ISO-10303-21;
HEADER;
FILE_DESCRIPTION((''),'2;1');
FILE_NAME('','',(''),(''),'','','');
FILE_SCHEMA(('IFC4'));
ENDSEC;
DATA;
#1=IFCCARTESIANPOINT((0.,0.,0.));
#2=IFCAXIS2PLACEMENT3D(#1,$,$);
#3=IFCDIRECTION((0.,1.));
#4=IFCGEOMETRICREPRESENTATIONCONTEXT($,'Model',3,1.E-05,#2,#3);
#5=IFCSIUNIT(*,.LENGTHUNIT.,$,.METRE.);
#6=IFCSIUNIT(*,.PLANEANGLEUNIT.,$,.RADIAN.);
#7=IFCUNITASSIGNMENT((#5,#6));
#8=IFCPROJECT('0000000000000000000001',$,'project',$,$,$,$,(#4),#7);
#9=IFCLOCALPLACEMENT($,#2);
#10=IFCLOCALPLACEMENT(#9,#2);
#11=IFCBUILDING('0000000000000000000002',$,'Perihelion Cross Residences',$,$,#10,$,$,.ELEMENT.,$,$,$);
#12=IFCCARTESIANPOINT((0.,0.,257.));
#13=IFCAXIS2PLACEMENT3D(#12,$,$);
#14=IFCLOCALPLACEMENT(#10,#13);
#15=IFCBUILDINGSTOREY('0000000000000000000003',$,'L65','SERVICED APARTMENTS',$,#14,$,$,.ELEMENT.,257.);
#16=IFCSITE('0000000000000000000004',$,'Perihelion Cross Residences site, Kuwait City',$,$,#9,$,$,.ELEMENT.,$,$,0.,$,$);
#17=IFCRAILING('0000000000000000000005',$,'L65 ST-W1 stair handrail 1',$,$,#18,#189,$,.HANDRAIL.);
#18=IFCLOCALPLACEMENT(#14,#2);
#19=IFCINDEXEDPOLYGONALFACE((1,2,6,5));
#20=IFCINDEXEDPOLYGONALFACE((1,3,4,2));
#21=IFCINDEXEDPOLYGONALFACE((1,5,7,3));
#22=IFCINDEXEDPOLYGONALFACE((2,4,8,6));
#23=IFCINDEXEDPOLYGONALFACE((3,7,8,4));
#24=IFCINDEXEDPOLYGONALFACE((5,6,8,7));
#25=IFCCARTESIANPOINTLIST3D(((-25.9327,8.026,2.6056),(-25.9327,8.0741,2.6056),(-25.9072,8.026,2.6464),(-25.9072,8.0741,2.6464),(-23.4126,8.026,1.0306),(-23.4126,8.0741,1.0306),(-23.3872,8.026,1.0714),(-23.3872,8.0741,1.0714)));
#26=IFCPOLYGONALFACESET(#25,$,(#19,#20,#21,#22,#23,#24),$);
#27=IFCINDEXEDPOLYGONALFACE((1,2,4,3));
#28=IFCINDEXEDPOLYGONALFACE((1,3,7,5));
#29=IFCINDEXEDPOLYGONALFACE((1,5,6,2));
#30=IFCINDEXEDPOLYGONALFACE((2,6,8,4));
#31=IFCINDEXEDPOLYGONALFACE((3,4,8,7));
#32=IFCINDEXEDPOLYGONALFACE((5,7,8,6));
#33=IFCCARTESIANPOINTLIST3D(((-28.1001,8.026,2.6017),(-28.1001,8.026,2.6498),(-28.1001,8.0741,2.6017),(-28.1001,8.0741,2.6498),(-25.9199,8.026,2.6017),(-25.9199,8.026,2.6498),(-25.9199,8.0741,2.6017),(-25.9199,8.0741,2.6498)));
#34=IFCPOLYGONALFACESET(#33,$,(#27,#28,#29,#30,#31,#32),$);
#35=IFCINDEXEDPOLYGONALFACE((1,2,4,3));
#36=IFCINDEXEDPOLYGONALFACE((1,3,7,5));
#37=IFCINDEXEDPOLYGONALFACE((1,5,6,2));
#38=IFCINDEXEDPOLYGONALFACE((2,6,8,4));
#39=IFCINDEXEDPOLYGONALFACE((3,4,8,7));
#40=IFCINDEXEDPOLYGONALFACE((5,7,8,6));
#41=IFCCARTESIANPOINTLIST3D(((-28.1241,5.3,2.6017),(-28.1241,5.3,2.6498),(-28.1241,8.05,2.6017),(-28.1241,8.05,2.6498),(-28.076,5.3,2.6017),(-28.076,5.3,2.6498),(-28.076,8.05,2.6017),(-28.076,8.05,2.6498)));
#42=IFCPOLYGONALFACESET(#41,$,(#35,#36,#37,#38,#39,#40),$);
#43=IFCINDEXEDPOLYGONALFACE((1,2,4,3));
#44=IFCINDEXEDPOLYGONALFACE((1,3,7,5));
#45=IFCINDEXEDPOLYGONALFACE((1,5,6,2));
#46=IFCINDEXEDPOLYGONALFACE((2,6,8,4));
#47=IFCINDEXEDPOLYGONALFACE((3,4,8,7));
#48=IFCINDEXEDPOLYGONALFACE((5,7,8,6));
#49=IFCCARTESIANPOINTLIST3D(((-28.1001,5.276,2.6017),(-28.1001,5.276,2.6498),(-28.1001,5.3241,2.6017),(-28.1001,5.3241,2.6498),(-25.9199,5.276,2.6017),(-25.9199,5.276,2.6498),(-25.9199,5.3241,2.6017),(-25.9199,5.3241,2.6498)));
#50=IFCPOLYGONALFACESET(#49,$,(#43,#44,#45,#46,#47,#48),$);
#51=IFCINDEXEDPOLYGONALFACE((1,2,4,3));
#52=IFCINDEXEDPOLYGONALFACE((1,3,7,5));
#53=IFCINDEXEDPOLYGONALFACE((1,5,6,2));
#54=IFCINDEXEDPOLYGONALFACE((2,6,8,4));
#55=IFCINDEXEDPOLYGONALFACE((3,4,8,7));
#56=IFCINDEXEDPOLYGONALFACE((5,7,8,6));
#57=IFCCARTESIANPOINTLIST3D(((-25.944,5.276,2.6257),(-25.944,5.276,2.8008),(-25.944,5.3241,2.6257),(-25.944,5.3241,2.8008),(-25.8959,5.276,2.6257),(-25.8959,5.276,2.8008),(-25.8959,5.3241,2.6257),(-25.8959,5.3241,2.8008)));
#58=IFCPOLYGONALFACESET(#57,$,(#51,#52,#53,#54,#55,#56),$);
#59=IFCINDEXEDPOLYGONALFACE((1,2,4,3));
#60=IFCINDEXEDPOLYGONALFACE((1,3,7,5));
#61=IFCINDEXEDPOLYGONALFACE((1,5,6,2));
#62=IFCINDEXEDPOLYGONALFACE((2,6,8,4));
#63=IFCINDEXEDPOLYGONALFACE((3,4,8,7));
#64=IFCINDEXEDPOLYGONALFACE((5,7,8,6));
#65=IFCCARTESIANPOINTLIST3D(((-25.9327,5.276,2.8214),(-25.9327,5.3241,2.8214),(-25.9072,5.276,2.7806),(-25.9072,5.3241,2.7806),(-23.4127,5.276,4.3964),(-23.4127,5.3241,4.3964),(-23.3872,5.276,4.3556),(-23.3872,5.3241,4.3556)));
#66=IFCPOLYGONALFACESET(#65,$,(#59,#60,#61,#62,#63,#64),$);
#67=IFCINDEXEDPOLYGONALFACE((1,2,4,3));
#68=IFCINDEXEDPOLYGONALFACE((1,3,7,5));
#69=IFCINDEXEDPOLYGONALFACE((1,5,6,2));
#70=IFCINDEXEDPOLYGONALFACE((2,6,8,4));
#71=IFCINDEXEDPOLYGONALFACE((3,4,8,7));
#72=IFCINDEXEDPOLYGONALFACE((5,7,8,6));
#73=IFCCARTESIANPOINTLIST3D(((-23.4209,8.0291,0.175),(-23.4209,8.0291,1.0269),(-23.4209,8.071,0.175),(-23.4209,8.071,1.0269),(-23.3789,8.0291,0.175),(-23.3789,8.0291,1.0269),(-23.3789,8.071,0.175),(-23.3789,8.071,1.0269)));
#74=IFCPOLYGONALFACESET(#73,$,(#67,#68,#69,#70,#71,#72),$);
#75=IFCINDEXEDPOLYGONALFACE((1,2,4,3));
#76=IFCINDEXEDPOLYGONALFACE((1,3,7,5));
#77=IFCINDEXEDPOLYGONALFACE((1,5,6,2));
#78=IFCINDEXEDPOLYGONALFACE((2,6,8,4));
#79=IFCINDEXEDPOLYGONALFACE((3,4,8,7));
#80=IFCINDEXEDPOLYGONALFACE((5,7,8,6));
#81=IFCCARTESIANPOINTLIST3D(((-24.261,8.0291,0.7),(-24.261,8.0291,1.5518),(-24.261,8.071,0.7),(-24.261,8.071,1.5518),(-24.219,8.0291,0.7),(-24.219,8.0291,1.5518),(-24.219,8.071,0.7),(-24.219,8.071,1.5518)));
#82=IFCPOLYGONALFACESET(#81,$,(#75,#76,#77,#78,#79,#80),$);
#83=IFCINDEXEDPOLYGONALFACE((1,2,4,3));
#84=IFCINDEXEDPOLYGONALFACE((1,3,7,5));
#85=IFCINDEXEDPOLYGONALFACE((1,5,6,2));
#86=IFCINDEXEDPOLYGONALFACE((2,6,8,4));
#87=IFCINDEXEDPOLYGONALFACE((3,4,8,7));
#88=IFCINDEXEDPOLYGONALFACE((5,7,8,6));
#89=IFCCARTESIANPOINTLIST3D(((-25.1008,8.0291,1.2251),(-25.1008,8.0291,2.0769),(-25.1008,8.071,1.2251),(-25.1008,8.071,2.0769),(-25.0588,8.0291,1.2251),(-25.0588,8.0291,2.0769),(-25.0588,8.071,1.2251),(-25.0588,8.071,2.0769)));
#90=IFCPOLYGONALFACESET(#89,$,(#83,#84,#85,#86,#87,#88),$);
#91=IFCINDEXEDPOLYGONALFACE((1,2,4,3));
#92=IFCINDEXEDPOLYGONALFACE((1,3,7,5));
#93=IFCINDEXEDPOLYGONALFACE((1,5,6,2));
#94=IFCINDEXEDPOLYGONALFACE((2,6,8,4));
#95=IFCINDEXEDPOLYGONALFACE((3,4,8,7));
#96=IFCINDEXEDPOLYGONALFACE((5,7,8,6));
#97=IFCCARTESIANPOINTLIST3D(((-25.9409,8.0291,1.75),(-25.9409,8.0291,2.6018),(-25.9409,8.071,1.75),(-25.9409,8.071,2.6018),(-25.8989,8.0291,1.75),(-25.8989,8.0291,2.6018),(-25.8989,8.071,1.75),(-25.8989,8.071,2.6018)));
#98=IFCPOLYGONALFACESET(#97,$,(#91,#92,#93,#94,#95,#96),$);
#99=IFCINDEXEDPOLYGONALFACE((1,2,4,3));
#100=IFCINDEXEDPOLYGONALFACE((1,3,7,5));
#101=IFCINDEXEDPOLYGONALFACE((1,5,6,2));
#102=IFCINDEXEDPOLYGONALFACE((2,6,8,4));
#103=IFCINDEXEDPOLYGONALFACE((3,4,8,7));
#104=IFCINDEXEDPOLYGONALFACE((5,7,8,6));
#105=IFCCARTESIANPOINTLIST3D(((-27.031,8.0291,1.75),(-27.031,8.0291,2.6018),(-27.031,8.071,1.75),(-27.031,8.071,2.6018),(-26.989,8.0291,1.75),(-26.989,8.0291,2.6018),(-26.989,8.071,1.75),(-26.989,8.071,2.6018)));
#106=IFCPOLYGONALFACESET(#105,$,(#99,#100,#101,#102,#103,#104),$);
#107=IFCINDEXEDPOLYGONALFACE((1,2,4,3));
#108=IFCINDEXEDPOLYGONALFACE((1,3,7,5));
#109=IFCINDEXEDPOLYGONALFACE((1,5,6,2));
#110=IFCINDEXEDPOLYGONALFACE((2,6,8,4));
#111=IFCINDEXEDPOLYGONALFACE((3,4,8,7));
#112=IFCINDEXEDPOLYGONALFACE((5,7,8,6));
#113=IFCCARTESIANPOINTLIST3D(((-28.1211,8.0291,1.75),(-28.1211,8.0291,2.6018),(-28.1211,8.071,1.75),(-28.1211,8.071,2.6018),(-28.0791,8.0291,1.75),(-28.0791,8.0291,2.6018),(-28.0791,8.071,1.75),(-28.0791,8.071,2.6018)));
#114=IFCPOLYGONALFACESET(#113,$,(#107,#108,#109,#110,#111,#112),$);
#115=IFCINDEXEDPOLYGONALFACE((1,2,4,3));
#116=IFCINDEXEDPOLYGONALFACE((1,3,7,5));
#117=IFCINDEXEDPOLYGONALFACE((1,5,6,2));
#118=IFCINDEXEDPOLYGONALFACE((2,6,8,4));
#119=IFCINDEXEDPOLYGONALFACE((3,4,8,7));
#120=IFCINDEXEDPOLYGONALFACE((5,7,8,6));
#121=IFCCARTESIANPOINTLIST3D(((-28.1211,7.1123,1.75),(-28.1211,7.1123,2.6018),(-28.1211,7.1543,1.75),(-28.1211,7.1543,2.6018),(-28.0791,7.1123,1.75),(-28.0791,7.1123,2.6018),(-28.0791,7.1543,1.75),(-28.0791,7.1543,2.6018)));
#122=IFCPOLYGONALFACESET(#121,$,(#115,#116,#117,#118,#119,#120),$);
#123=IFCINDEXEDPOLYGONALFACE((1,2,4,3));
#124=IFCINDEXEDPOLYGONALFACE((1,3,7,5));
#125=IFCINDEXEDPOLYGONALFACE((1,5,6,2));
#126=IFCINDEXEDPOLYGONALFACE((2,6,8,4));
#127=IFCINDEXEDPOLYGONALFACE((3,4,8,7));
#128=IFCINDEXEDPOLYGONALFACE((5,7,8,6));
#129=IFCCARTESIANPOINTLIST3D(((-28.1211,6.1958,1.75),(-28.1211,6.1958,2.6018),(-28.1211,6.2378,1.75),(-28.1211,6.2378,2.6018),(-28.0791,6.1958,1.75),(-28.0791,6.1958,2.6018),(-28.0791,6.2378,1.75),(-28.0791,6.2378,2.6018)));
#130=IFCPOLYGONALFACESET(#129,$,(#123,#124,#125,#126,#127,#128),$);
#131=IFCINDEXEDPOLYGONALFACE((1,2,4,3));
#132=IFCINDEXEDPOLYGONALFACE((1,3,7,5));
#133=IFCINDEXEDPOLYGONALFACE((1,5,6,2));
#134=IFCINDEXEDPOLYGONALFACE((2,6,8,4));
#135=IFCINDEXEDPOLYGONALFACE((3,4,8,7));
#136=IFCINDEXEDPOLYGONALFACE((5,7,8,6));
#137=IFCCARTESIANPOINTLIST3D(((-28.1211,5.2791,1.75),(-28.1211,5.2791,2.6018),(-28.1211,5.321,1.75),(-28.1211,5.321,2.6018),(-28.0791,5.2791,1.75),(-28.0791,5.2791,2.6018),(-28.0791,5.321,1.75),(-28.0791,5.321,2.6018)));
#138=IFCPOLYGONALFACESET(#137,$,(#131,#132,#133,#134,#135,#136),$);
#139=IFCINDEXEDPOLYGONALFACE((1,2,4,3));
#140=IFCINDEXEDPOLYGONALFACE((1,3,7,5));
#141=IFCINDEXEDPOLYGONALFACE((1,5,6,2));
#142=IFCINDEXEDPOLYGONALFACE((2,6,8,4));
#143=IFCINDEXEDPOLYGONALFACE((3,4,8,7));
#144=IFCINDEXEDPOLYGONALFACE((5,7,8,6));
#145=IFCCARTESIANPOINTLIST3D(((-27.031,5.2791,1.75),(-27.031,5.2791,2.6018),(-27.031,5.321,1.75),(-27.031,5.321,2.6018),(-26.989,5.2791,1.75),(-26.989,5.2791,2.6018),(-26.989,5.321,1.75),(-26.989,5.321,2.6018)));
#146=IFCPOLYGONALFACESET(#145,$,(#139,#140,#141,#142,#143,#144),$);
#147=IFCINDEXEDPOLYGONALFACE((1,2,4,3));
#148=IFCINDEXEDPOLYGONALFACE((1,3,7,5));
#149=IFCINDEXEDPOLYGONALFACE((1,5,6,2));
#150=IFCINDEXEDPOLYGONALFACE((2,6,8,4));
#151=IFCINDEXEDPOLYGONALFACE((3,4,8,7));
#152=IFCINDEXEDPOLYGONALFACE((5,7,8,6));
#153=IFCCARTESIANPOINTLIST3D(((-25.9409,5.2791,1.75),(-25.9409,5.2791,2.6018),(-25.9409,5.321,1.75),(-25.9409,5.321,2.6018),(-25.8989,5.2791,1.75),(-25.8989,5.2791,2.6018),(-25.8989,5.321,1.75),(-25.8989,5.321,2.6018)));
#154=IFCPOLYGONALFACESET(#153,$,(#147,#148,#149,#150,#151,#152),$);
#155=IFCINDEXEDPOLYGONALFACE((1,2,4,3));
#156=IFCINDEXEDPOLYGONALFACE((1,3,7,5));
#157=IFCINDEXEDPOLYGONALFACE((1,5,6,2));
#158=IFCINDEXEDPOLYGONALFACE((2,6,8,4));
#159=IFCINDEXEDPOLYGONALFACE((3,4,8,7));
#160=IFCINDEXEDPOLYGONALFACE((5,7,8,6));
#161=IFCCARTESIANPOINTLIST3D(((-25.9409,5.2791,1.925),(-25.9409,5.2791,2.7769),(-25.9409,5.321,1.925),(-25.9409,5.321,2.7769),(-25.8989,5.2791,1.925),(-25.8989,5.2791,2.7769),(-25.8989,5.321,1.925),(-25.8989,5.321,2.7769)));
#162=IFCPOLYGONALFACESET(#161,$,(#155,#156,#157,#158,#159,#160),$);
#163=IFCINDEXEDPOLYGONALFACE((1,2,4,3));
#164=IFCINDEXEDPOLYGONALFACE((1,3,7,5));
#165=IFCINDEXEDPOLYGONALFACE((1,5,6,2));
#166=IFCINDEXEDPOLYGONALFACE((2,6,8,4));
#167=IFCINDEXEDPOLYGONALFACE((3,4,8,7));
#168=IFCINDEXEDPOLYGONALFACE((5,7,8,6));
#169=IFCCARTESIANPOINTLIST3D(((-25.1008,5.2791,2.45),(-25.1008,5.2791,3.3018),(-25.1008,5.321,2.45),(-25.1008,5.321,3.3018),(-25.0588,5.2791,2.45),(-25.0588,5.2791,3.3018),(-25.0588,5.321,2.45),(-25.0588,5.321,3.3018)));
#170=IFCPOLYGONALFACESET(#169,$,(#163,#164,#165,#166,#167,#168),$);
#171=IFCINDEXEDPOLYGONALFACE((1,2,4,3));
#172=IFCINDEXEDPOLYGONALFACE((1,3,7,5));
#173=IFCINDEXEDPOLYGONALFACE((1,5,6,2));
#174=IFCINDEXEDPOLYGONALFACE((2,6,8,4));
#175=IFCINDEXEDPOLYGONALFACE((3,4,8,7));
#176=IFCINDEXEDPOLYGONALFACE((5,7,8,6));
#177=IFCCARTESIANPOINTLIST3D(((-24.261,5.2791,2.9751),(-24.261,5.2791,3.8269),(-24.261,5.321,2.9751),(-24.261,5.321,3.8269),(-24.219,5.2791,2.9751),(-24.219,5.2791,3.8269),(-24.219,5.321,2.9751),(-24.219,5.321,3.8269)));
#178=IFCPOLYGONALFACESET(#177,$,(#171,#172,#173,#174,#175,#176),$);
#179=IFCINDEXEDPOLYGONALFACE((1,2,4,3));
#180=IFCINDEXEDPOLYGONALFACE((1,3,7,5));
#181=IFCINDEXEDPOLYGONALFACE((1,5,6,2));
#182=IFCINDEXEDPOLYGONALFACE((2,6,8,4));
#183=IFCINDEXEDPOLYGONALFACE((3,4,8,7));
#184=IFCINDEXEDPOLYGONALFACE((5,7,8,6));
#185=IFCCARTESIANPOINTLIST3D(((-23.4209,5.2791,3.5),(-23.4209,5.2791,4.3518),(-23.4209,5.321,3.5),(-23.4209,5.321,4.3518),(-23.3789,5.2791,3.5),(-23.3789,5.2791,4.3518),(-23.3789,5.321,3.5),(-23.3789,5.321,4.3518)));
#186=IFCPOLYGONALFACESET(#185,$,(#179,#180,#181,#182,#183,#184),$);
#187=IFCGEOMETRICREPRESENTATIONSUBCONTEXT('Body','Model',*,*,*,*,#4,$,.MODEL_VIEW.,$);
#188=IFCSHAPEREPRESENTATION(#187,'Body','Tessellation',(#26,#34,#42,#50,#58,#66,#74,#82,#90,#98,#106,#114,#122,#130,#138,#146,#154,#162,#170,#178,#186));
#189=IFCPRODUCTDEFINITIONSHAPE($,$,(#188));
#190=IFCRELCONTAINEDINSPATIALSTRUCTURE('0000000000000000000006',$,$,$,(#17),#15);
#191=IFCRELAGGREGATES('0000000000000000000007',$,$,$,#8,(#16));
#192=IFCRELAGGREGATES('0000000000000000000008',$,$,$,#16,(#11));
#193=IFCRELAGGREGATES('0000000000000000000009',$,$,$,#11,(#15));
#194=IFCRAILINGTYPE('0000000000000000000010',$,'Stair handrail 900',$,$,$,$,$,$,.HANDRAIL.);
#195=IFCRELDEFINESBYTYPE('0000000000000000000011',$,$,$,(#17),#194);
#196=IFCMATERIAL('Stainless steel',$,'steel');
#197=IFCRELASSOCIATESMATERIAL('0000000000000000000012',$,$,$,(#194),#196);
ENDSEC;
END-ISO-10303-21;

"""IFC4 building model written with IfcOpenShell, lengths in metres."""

from ifc_helpers import new_model, si_unit, direction, frame, origin, origin_2d, place, context, subcontext, project, spatial, rectangle, extrude, material, type_object, element, save


model = new_model("IFC4")

# Units and contexts
model_context = context("Model", 3, precision=1e-05, world=origin(), true_north=direction((0.0, 1.0)))
body_context = subcontext(model_context, "Body", "Model", "MODEL_VIEW")
ifc_project = project(units=[si_unit("LENGTHUNIT", "METRE"), si_unit("PLANEANGLEUNIT", "RADIAN")], contexts=[model_context])

# Site, building, storey
site_placement = place(None, origin())
site = spatial("IfcSite", under=ifc_project, at=site_placement, Name="Perihelion Cross Residences site, Kuwait City", CompositionType="ELEMENT", RefElevation=0.0)
building_placement = place(site_placement, origin())
building = spatial("IfcBuilding", under=site, at=building_placement, Name="Perihelion Cross Residences", CompositionType="ELEMENT")
storey_placement = place(building_placement, frame((0.0, 0.0, 257.0)))
storey = spatial("IfcBuildingStorey", under=building, at=storey_placement, Name="L65", Description="SERVICED APARTMENTS", CompositionType="ELEMENT", Elevation=257.0)

# Railing
ifc_material_1 = material(Name="Stainless steel", Category="steel")
railing_type_1 = type_object("IfcRailingType", Name="Stair handrail 900", PredefinedType="HANDRAIL", material=ifc_material_1)
railing_1_placement = place(storey_placement, frame((-23.3999, 8.05, 0.175)))
element("IfcRailing", 1, at=railing_1_placement, inside=storey, type_object=railing_type_1, Name="L65 ST-W1 stair handrail 1", PredefinedType="HANDRAIL", context=body_context, shape_type="SweptSolid", body=[
    extrude(rectangle(XDim=0.0481, YDim=0.0481, at=origin_2d()), frame((0.0, 0.0, 0.876), z_axis=(-0.848008, 0.0, 0.529984), x_axis=(0.0, -1.0, 0.0)), (0.0, 0.0, 1.0), 2.9717),
    extrude(rectangle(XDim=0.0481, YDim=0.0481, at=origin_2d()), frame((-2.52, 0.0, 2.4507), z_axis=(-1.0, 0.0, 0.0), x_axis=(0.0, -1.0, 0.0)), (0.0, 0.0, 1.0), 2.1802),
    extrude(rectangle(XDim=0.0481, YDim=0.0481, at=origin_2d()), frame((-4.7002, 0.0, 2.4507), z_axis=(0.0, -1.0, 0.0), x_axis=(1.0, 0.0, 0.0)), (0.0, 0.0, 1.0), 2.75),
    extrude(rectangle(XDim=0.0481, YDim=0.0481, at=origin_2d()), frame((-4.7002, -2.75, 2.4507), z_axis=(1.0, 0.0, 0.0), x_axis=(0.0, 1.0, 0.0)), (0.0, 0.0, 1.0), 2.1802),
    extrude(rectangle(XDim=0.0481, YDim=0.0481, at=origin_2d()), frame((-2.52, -2.75, 2.4507), z_axis=(0.0, 0.0, 1.0), x_axis=(1.0, 0.0, 0.0)), (0.0, 0.0, 1.0), 0.175),
    extrude(rectangle(XDim=0.0481, YDim=0.0481, at=origin_2d()), frame((-2.52, -2.75, 2.626), z_axis=(0.848008, 0.0, 0.529984), x_axis=(0.0, 1.0, 0.0)), (0.0, 0.0, 1.0), 2.9717),
    extrude(rectangle(XDim=0.042, YDim=0.042, at=origin_2d()), origin(), (0.0, 0.0, 1.0), 0.8518),
    extrude(rectangle(XDim=0.042, YDim=0.042, at=origin_2d()), frame((-0.8401, 0.0, 0.5249)), (0.0, 0.0, 1.0), 0.8518),
    extrude(rectangle(XDim=0.042, YDim=0.042, at=origin_2d()), frame((-1.6799, 0.0, 1.05)), (0.0, 0.0, 1.0), 0.8518),
    extrude(rectangle(XDim=0.042, YDim=0.042, at=origin_2d()), frame((-2.52, 0.0, 1.575)), (0.0, 0.0, 1.0), 0.8518),
    extrude(rectangle(XDim=0.042, YDim=0.042, at=origin_2d()), frame((-3.6101, 0.0, 1.575)), (0.0, 0.0, 1.0), 0.8518),
    extrude(rectangle(XDim=0.042, YDim=0.042, at=origin_2d()), frame((-4.7002, 0.0, 1.575)), (0.0, 0.0, 1.0), 0.8518),
    extrude(rectangle(XDim=0.042, YDim=0.042, at=origin_2d()), frame((-4.7002, -0.9167, 1.575)), (0.0, 0.0, 1.0), 0.8518),
    extrude(rectangle(XDim=0.042, YDim=0.042, at=origin_2d()), frame((-4.7002, -1.8333, 1.575)), (0.0, 0.0, 1.0), 0.8518),
    extrude(rectangle(XDim=0.042, YDim=0.042, at=origin_2d()), frame((-4.7002, -2.75, 1.575)), (0.0, 0.0, 1.0), 0.8518),
    extrude(rectangle(XDim=0.042, YDim=0.042, at=origin_2d()), frame((-3.6101, -2.75, 1.575)), (0.0, 0.0, 1.0), 0.8518),
    extrude(rectangle(XDim=0.042, YDim=0.042, at=origin_2d()), frame((-2.52, -2.75, 1.575)), (0.0, 0.0, 1.0), 0.8518),
    extrude(rectangle(XDim=0.042, YDim=0.042, at=origin_2d()), frame((-2.52, -2.75, 1.75)), (0.0, 0.0, 1.0), 0.8518),
    extrude(rectangle(XDim=0.042, YDim=0.042, at=origin_2d()), frame((-1.6799, -2.75, 2.2749)), (0.0, 0.0, 1.0), 0.8518),
    extrude(rectangle(XDim=0.042, YDim=0.042, at=origin_2d()), frame((-0.8401, -2.75, 2.8)), (0.0, 0.0, 1.0), 0.8518),
    extrude(rectangle(XDim=0.042, YDim=0.042, at=origin_2d()), frame((0.0, -2.75, 3.325)), (0.0, 0.0, 1.0), 0.8518),
])

save(model, "model.ifc")
